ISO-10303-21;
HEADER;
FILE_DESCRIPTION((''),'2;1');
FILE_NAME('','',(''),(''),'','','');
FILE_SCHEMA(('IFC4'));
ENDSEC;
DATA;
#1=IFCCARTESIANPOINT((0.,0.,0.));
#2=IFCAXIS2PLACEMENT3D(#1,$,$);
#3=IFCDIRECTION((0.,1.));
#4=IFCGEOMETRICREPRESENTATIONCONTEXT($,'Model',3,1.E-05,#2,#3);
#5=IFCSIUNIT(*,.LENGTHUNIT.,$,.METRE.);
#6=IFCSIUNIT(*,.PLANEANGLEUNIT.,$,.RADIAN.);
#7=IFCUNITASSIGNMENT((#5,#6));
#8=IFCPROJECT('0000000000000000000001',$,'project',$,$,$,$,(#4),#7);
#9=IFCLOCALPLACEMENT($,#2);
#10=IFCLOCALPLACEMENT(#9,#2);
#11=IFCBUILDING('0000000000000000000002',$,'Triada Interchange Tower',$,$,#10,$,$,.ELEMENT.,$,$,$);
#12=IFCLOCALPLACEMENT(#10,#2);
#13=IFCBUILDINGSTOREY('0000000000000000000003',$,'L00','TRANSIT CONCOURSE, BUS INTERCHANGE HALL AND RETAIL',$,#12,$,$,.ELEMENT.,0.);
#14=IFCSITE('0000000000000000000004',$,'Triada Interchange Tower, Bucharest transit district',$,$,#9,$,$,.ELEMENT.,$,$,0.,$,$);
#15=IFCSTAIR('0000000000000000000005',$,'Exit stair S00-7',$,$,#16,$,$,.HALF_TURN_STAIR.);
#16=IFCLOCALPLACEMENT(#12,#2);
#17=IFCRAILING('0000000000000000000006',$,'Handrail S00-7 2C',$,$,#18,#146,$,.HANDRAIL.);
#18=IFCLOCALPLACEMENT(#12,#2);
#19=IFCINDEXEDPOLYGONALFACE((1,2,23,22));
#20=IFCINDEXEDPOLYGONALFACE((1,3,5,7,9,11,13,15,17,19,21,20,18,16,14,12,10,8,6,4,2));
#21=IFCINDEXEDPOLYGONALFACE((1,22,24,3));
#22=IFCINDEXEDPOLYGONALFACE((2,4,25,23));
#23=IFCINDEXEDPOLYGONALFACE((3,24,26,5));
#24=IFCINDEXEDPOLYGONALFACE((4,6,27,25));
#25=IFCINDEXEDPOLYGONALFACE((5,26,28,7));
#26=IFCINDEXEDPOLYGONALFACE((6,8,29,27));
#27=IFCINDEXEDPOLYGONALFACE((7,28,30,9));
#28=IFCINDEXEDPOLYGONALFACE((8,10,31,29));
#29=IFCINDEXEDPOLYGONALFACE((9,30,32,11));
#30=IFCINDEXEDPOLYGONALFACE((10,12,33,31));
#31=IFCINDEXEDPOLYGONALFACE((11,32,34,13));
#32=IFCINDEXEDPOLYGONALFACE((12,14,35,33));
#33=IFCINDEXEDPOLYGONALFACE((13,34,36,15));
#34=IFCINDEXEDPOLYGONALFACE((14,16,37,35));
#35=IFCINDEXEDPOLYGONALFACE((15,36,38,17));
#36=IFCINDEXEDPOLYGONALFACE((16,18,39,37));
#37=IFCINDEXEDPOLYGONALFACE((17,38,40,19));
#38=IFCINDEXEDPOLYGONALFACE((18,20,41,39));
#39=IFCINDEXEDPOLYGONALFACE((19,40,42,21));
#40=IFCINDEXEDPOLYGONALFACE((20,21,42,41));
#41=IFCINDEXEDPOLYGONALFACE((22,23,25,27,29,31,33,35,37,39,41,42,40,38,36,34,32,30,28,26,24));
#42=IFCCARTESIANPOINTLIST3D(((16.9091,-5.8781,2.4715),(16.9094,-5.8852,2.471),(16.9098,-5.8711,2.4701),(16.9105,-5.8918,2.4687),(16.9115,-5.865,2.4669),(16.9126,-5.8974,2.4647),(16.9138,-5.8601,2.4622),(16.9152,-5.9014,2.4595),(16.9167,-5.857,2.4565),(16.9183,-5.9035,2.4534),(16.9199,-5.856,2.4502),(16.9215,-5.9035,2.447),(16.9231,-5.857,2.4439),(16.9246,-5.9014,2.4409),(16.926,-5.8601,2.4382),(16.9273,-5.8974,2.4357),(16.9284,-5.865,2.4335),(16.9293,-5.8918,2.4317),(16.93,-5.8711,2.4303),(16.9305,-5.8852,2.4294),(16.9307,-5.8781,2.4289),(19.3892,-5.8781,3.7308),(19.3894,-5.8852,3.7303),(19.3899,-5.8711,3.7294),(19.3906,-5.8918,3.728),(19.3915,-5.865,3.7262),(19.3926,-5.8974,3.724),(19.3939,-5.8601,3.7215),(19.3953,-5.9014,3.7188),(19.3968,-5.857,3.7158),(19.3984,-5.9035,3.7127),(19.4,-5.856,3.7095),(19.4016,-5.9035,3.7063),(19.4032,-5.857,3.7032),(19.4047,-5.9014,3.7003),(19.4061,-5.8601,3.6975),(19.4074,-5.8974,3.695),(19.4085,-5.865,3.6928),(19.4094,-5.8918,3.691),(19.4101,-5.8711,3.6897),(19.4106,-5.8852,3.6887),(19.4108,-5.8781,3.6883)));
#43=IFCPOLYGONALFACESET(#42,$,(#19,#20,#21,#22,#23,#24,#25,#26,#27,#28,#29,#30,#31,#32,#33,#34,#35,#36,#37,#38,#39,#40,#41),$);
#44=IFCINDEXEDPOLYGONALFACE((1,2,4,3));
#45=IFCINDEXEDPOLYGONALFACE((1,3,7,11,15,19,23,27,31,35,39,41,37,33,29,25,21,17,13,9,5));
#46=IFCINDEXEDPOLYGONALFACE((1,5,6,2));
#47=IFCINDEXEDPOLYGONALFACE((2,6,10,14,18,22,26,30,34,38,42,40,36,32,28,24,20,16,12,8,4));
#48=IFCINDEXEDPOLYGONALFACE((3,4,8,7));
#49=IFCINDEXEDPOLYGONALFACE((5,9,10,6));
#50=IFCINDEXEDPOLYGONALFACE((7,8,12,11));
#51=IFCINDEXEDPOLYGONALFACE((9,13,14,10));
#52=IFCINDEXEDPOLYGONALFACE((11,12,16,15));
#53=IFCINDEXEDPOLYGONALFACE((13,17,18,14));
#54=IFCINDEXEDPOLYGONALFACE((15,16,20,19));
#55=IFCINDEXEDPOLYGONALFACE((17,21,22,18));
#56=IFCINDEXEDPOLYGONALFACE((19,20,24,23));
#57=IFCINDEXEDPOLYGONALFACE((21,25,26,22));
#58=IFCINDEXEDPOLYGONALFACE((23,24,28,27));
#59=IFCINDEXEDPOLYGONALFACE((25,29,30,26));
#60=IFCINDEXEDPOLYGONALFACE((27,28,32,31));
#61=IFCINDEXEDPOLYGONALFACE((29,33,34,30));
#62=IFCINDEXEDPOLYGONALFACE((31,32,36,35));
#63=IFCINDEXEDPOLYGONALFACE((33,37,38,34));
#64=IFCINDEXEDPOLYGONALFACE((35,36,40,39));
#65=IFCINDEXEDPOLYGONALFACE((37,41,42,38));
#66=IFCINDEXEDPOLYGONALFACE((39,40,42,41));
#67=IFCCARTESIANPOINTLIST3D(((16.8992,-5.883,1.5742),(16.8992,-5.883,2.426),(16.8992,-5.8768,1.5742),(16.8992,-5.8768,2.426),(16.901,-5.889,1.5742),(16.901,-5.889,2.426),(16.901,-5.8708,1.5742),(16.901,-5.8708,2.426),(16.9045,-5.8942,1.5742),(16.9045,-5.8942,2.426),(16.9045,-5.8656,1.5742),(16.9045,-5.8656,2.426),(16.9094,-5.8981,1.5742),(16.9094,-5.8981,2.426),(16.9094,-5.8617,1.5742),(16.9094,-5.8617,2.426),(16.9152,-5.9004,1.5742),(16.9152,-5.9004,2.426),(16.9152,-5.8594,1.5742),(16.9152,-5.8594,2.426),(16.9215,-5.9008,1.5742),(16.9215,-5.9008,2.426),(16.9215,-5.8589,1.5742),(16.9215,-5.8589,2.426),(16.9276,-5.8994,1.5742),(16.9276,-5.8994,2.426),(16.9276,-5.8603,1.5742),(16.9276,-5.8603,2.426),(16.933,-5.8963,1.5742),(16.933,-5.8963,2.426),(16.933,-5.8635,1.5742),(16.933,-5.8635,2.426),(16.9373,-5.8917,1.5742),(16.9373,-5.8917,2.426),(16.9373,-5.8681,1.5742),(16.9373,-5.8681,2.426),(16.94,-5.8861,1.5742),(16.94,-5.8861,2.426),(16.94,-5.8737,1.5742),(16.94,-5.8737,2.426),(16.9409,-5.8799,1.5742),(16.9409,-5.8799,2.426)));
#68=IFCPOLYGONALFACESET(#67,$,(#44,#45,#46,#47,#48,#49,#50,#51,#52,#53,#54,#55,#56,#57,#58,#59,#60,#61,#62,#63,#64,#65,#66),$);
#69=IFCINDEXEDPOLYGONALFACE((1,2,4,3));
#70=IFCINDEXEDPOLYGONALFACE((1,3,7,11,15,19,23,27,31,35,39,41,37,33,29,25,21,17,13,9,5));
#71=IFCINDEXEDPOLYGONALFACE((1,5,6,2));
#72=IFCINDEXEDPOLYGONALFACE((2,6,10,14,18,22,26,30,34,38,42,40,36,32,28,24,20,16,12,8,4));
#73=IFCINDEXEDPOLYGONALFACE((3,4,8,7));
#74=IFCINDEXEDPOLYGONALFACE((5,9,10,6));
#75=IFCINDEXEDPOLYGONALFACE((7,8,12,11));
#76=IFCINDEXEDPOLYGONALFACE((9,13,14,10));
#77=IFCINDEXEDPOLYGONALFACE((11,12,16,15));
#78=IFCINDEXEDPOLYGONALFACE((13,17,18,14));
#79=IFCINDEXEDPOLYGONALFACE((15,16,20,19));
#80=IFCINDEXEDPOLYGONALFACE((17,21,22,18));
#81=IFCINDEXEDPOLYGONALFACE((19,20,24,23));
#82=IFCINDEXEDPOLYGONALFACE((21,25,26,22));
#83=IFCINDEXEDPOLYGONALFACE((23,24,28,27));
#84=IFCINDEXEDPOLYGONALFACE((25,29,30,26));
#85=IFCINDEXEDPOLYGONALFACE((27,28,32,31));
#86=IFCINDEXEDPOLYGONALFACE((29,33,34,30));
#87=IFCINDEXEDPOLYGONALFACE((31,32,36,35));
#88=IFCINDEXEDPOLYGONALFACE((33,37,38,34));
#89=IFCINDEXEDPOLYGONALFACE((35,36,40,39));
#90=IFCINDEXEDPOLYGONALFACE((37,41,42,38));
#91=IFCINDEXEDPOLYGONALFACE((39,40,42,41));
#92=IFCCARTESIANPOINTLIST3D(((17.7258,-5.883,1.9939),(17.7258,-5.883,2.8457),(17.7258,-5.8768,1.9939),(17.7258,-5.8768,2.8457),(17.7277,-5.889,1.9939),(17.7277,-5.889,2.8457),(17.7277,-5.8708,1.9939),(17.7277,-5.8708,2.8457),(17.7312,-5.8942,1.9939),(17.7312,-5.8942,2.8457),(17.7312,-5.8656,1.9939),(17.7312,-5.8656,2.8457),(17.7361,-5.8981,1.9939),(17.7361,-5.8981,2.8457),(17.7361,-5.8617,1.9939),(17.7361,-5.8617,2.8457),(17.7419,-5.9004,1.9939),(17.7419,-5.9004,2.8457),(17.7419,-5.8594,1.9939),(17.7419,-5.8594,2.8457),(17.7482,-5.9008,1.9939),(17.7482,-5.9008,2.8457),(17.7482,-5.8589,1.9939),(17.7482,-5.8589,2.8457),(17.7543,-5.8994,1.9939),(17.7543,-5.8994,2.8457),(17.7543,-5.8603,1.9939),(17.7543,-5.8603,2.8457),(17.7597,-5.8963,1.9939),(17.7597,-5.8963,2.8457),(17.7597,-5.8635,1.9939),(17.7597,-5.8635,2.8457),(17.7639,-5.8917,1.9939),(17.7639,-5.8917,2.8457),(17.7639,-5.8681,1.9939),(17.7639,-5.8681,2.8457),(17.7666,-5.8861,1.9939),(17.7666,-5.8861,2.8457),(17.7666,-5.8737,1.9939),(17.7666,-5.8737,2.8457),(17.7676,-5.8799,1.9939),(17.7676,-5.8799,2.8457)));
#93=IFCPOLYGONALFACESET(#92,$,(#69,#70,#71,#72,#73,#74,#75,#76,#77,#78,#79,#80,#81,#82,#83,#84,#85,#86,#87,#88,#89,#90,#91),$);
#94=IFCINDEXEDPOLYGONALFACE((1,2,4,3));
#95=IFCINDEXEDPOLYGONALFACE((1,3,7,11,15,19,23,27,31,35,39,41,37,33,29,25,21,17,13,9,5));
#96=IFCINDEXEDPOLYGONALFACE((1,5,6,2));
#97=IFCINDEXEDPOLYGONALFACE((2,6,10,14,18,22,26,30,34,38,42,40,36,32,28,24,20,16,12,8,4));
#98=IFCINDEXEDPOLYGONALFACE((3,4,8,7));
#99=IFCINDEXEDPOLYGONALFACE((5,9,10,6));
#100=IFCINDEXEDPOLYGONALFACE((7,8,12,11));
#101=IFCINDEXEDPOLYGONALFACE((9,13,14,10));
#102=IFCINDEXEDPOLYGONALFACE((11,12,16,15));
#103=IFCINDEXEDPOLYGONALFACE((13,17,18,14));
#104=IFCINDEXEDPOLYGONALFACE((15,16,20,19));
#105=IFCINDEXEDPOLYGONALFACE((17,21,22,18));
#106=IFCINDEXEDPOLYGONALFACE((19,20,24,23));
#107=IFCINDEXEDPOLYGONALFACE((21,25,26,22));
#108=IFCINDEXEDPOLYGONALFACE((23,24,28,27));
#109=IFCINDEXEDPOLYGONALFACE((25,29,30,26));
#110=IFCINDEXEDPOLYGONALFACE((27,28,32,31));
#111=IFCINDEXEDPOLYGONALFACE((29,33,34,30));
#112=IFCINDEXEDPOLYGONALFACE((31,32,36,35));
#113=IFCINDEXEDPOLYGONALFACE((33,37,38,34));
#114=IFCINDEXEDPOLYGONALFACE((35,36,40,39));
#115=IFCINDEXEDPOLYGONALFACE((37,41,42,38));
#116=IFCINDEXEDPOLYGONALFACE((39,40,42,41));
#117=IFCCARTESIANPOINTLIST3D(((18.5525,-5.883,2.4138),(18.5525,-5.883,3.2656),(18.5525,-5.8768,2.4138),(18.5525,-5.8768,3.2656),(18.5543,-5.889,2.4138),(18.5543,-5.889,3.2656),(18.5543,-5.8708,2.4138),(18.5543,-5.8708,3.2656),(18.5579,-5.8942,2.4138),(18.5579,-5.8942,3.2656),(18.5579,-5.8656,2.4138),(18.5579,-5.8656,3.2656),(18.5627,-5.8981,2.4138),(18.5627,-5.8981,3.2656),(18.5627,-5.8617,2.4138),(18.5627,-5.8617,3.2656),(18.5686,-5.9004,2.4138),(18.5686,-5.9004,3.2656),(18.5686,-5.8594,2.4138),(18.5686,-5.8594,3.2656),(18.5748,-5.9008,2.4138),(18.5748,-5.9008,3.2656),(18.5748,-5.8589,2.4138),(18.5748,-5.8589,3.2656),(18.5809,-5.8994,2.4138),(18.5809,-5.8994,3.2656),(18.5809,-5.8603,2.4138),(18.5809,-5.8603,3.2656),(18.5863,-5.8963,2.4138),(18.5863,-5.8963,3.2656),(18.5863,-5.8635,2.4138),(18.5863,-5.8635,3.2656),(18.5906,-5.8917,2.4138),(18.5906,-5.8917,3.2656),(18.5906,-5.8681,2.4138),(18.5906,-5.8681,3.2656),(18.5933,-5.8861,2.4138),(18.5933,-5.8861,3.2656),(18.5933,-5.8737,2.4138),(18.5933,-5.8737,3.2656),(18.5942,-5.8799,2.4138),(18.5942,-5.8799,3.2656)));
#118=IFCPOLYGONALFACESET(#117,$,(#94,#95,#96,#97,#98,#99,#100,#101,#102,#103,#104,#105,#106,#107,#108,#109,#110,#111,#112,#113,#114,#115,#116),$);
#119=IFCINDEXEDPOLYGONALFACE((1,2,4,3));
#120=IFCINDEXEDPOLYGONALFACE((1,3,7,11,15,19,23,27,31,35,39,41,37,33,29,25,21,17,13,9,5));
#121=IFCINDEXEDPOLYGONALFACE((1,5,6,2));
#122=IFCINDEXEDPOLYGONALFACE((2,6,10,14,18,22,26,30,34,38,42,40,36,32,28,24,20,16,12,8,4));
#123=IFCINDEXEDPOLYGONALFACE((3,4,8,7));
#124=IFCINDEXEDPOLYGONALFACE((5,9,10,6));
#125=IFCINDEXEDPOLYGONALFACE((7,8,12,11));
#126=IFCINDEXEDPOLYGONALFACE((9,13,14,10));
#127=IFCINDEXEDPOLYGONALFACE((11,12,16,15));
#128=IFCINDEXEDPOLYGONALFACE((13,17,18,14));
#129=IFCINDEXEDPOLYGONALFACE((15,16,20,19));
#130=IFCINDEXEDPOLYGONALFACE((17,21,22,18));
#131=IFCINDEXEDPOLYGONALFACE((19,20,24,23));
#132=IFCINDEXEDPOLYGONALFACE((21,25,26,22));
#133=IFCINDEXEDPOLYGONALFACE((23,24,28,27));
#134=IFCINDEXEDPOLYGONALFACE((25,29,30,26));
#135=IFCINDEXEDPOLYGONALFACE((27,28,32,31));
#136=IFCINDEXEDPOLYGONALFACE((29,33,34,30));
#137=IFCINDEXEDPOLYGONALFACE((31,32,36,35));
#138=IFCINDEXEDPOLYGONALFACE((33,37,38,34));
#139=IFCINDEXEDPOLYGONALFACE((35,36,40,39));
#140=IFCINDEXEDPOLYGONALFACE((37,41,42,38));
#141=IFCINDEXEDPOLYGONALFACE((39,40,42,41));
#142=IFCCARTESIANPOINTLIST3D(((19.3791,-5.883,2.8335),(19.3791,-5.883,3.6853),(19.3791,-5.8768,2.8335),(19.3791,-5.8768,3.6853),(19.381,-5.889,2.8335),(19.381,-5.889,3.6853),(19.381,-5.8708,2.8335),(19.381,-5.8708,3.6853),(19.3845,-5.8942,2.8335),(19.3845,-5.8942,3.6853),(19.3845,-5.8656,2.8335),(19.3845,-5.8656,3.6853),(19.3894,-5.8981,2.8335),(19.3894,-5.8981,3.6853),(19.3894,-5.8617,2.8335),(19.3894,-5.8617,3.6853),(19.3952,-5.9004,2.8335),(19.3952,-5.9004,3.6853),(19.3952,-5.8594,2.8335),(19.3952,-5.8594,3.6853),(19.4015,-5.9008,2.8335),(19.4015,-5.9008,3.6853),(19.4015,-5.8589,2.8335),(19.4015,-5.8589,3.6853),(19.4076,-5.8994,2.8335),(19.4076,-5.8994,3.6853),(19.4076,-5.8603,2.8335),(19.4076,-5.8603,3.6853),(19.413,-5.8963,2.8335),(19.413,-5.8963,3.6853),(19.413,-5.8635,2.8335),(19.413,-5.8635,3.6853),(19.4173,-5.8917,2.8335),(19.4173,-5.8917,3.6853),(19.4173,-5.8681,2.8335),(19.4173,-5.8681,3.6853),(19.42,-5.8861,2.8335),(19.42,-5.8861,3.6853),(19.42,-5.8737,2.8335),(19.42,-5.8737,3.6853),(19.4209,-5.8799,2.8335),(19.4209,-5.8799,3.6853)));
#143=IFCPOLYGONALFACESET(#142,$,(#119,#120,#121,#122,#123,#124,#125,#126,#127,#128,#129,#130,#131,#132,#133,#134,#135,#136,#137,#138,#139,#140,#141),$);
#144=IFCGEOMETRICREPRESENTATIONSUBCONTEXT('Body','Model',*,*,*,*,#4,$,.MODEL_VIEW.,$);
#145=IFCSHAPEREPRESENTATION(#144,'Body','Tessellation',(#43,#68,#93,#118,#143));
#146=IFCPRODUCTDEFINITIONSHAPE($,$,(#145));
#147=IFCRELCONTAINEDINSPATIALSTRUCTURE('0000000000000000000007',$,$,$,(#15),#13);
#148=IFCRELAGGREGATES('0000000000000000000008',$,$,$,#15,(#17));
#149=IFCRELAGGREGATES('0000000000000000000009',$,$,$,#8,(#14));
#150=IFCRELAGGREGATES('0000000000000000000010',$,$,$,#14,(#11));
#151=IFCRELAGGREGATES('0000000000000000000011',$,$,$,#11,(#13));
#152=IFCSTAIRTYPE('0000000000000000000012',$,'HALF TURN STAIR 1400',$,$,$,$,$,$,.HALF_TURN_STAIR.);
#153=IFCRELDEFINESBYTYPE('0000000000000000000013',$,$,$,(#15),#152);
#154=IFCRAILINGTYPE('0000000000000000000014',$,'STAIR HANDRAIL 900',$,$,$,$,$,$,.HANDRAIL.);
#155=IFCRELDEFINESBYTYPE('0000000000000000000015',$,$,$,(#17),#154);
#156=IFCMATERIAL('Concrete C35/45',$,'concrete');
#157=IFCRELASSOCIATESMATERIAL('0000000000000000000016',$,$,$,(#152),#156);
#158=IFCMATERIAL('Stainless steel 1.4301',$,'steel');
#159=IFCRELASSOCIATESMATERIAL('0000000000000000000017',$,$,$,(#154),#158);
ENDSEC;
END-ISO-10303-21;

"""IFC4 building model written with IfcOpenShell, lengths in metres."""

from ifc_helpers import new_model, si_unit, direction, frame, origin, origin_2d, place, context, subcontext, project, spatial, circle, extrude, material, type_object, element, aggregate, save


model = new_model("IFC4")

# Units and contexts
model_context = context("Model", 3, precision=1e-05, world=origin(), true_north=direction((0.0, 1.0)))
body_context = subcontext(model_context, "Body", "Model", "MODEL_VIEW")
ifc_project = project(units=[si_unit("LENGTHUNIT", "METRE"), si_unit("PLANEANGLEUNIT", "RADIAN")], contexts=[model_context])

# Site, building, storey
site_placement = place(None, origin())
site = spatial("IfcSite", under=ifc_project, at=site_placement, Name="Triada Interchange Tower, Bucharest transit district", CompositionType="ELEMENT", RefElevation=0.0)
building_placement = place(site_placement, origin())
building = spatial("IfcBuilding", under=site, at=building_placement, Name="Triada Interchange Tower", CompositionType="ELEMENT")
storey_placement = place(building_placement, origin())
storey = spatial("IfcBuildingStorey", under=building, at=storey_placement, Name="L00", Description="TRANSIT CONCOURSE, BUS INTERCHANGE HALL AND RETAIL", CompositionType="ELEMENT", Elevation=0.0)

# Shared definitions
ifc_material_1 = material(Name="Concrete C35/45", Category="concrete")

# Stair
stair_type = type_object("IfcStairType", Name="HALF TURN STAIR 1400", PredefinedType="HALF_TURN_STAIR", material=ifc_material_1)
stair_1_placement = place(storey_placement, origin())
stair_1 = element("IfcStair", 1, at=stair_1_placement, inside=storey, type_object=stair_type, Name="Exit stair S00-7", PredefinedType="HALF_TURN_STAIR")

# Shared definitions
ifc_material_2 = material(Name="Stainless steel 1.4301", Category="steel")

# Railing
railing_type_1 = type_object("IfcRailingType", Name="STAIR HANDRAIL 900", PredefinedType="HANDRAIL", material=ifc_material_2)
railing_1_placement = place(storey_placement, frame((16.9199, -5.8799, 1.5742)))
railing_1 = element("IfcRailing", 2, at=railing_1_placement, type_object=railing_type_1, Name="Handrail S00-7 2C", PredefinedType="HANDRAIL", context=body_context, shape_type="SweptSolid", body=[
    extrude(circle(Radius=0.0239, at=origin_2d()), frame((0.0, 0.0, 0.876), z_axis=(0.891636, 0.0, 0.452752), x_axis=(0.0, 1.0, 0.0)), (0.0, 0.0, 1.0), 2.7815),
    extrude(circle(Radius=0.021, at=origin_2d()), origin(), (0.0, 0.0, 1.0), 0.8518),
    extrude(circle(Radius=0.021, at=origin_2d()), frame((0.8267, 0.0, 0.4197)), (0.0, 0.0, 1.0), 0.8518),
    extrude(circle(Radius=0.021, at=origin_2d()), frame((1.6533, 0.0, 0.8396)), (0.0, 0.0, 1.0), 0.8518),
    extrude(circle(Radius=0.021, at=origin_2d()), frame((2.48, 0.0, 1.2593)), (0.0, 0.0, 1.0), 0.8518),
])
aggregate(stair_1, [railing_1])

save(model, "model.ifc")
